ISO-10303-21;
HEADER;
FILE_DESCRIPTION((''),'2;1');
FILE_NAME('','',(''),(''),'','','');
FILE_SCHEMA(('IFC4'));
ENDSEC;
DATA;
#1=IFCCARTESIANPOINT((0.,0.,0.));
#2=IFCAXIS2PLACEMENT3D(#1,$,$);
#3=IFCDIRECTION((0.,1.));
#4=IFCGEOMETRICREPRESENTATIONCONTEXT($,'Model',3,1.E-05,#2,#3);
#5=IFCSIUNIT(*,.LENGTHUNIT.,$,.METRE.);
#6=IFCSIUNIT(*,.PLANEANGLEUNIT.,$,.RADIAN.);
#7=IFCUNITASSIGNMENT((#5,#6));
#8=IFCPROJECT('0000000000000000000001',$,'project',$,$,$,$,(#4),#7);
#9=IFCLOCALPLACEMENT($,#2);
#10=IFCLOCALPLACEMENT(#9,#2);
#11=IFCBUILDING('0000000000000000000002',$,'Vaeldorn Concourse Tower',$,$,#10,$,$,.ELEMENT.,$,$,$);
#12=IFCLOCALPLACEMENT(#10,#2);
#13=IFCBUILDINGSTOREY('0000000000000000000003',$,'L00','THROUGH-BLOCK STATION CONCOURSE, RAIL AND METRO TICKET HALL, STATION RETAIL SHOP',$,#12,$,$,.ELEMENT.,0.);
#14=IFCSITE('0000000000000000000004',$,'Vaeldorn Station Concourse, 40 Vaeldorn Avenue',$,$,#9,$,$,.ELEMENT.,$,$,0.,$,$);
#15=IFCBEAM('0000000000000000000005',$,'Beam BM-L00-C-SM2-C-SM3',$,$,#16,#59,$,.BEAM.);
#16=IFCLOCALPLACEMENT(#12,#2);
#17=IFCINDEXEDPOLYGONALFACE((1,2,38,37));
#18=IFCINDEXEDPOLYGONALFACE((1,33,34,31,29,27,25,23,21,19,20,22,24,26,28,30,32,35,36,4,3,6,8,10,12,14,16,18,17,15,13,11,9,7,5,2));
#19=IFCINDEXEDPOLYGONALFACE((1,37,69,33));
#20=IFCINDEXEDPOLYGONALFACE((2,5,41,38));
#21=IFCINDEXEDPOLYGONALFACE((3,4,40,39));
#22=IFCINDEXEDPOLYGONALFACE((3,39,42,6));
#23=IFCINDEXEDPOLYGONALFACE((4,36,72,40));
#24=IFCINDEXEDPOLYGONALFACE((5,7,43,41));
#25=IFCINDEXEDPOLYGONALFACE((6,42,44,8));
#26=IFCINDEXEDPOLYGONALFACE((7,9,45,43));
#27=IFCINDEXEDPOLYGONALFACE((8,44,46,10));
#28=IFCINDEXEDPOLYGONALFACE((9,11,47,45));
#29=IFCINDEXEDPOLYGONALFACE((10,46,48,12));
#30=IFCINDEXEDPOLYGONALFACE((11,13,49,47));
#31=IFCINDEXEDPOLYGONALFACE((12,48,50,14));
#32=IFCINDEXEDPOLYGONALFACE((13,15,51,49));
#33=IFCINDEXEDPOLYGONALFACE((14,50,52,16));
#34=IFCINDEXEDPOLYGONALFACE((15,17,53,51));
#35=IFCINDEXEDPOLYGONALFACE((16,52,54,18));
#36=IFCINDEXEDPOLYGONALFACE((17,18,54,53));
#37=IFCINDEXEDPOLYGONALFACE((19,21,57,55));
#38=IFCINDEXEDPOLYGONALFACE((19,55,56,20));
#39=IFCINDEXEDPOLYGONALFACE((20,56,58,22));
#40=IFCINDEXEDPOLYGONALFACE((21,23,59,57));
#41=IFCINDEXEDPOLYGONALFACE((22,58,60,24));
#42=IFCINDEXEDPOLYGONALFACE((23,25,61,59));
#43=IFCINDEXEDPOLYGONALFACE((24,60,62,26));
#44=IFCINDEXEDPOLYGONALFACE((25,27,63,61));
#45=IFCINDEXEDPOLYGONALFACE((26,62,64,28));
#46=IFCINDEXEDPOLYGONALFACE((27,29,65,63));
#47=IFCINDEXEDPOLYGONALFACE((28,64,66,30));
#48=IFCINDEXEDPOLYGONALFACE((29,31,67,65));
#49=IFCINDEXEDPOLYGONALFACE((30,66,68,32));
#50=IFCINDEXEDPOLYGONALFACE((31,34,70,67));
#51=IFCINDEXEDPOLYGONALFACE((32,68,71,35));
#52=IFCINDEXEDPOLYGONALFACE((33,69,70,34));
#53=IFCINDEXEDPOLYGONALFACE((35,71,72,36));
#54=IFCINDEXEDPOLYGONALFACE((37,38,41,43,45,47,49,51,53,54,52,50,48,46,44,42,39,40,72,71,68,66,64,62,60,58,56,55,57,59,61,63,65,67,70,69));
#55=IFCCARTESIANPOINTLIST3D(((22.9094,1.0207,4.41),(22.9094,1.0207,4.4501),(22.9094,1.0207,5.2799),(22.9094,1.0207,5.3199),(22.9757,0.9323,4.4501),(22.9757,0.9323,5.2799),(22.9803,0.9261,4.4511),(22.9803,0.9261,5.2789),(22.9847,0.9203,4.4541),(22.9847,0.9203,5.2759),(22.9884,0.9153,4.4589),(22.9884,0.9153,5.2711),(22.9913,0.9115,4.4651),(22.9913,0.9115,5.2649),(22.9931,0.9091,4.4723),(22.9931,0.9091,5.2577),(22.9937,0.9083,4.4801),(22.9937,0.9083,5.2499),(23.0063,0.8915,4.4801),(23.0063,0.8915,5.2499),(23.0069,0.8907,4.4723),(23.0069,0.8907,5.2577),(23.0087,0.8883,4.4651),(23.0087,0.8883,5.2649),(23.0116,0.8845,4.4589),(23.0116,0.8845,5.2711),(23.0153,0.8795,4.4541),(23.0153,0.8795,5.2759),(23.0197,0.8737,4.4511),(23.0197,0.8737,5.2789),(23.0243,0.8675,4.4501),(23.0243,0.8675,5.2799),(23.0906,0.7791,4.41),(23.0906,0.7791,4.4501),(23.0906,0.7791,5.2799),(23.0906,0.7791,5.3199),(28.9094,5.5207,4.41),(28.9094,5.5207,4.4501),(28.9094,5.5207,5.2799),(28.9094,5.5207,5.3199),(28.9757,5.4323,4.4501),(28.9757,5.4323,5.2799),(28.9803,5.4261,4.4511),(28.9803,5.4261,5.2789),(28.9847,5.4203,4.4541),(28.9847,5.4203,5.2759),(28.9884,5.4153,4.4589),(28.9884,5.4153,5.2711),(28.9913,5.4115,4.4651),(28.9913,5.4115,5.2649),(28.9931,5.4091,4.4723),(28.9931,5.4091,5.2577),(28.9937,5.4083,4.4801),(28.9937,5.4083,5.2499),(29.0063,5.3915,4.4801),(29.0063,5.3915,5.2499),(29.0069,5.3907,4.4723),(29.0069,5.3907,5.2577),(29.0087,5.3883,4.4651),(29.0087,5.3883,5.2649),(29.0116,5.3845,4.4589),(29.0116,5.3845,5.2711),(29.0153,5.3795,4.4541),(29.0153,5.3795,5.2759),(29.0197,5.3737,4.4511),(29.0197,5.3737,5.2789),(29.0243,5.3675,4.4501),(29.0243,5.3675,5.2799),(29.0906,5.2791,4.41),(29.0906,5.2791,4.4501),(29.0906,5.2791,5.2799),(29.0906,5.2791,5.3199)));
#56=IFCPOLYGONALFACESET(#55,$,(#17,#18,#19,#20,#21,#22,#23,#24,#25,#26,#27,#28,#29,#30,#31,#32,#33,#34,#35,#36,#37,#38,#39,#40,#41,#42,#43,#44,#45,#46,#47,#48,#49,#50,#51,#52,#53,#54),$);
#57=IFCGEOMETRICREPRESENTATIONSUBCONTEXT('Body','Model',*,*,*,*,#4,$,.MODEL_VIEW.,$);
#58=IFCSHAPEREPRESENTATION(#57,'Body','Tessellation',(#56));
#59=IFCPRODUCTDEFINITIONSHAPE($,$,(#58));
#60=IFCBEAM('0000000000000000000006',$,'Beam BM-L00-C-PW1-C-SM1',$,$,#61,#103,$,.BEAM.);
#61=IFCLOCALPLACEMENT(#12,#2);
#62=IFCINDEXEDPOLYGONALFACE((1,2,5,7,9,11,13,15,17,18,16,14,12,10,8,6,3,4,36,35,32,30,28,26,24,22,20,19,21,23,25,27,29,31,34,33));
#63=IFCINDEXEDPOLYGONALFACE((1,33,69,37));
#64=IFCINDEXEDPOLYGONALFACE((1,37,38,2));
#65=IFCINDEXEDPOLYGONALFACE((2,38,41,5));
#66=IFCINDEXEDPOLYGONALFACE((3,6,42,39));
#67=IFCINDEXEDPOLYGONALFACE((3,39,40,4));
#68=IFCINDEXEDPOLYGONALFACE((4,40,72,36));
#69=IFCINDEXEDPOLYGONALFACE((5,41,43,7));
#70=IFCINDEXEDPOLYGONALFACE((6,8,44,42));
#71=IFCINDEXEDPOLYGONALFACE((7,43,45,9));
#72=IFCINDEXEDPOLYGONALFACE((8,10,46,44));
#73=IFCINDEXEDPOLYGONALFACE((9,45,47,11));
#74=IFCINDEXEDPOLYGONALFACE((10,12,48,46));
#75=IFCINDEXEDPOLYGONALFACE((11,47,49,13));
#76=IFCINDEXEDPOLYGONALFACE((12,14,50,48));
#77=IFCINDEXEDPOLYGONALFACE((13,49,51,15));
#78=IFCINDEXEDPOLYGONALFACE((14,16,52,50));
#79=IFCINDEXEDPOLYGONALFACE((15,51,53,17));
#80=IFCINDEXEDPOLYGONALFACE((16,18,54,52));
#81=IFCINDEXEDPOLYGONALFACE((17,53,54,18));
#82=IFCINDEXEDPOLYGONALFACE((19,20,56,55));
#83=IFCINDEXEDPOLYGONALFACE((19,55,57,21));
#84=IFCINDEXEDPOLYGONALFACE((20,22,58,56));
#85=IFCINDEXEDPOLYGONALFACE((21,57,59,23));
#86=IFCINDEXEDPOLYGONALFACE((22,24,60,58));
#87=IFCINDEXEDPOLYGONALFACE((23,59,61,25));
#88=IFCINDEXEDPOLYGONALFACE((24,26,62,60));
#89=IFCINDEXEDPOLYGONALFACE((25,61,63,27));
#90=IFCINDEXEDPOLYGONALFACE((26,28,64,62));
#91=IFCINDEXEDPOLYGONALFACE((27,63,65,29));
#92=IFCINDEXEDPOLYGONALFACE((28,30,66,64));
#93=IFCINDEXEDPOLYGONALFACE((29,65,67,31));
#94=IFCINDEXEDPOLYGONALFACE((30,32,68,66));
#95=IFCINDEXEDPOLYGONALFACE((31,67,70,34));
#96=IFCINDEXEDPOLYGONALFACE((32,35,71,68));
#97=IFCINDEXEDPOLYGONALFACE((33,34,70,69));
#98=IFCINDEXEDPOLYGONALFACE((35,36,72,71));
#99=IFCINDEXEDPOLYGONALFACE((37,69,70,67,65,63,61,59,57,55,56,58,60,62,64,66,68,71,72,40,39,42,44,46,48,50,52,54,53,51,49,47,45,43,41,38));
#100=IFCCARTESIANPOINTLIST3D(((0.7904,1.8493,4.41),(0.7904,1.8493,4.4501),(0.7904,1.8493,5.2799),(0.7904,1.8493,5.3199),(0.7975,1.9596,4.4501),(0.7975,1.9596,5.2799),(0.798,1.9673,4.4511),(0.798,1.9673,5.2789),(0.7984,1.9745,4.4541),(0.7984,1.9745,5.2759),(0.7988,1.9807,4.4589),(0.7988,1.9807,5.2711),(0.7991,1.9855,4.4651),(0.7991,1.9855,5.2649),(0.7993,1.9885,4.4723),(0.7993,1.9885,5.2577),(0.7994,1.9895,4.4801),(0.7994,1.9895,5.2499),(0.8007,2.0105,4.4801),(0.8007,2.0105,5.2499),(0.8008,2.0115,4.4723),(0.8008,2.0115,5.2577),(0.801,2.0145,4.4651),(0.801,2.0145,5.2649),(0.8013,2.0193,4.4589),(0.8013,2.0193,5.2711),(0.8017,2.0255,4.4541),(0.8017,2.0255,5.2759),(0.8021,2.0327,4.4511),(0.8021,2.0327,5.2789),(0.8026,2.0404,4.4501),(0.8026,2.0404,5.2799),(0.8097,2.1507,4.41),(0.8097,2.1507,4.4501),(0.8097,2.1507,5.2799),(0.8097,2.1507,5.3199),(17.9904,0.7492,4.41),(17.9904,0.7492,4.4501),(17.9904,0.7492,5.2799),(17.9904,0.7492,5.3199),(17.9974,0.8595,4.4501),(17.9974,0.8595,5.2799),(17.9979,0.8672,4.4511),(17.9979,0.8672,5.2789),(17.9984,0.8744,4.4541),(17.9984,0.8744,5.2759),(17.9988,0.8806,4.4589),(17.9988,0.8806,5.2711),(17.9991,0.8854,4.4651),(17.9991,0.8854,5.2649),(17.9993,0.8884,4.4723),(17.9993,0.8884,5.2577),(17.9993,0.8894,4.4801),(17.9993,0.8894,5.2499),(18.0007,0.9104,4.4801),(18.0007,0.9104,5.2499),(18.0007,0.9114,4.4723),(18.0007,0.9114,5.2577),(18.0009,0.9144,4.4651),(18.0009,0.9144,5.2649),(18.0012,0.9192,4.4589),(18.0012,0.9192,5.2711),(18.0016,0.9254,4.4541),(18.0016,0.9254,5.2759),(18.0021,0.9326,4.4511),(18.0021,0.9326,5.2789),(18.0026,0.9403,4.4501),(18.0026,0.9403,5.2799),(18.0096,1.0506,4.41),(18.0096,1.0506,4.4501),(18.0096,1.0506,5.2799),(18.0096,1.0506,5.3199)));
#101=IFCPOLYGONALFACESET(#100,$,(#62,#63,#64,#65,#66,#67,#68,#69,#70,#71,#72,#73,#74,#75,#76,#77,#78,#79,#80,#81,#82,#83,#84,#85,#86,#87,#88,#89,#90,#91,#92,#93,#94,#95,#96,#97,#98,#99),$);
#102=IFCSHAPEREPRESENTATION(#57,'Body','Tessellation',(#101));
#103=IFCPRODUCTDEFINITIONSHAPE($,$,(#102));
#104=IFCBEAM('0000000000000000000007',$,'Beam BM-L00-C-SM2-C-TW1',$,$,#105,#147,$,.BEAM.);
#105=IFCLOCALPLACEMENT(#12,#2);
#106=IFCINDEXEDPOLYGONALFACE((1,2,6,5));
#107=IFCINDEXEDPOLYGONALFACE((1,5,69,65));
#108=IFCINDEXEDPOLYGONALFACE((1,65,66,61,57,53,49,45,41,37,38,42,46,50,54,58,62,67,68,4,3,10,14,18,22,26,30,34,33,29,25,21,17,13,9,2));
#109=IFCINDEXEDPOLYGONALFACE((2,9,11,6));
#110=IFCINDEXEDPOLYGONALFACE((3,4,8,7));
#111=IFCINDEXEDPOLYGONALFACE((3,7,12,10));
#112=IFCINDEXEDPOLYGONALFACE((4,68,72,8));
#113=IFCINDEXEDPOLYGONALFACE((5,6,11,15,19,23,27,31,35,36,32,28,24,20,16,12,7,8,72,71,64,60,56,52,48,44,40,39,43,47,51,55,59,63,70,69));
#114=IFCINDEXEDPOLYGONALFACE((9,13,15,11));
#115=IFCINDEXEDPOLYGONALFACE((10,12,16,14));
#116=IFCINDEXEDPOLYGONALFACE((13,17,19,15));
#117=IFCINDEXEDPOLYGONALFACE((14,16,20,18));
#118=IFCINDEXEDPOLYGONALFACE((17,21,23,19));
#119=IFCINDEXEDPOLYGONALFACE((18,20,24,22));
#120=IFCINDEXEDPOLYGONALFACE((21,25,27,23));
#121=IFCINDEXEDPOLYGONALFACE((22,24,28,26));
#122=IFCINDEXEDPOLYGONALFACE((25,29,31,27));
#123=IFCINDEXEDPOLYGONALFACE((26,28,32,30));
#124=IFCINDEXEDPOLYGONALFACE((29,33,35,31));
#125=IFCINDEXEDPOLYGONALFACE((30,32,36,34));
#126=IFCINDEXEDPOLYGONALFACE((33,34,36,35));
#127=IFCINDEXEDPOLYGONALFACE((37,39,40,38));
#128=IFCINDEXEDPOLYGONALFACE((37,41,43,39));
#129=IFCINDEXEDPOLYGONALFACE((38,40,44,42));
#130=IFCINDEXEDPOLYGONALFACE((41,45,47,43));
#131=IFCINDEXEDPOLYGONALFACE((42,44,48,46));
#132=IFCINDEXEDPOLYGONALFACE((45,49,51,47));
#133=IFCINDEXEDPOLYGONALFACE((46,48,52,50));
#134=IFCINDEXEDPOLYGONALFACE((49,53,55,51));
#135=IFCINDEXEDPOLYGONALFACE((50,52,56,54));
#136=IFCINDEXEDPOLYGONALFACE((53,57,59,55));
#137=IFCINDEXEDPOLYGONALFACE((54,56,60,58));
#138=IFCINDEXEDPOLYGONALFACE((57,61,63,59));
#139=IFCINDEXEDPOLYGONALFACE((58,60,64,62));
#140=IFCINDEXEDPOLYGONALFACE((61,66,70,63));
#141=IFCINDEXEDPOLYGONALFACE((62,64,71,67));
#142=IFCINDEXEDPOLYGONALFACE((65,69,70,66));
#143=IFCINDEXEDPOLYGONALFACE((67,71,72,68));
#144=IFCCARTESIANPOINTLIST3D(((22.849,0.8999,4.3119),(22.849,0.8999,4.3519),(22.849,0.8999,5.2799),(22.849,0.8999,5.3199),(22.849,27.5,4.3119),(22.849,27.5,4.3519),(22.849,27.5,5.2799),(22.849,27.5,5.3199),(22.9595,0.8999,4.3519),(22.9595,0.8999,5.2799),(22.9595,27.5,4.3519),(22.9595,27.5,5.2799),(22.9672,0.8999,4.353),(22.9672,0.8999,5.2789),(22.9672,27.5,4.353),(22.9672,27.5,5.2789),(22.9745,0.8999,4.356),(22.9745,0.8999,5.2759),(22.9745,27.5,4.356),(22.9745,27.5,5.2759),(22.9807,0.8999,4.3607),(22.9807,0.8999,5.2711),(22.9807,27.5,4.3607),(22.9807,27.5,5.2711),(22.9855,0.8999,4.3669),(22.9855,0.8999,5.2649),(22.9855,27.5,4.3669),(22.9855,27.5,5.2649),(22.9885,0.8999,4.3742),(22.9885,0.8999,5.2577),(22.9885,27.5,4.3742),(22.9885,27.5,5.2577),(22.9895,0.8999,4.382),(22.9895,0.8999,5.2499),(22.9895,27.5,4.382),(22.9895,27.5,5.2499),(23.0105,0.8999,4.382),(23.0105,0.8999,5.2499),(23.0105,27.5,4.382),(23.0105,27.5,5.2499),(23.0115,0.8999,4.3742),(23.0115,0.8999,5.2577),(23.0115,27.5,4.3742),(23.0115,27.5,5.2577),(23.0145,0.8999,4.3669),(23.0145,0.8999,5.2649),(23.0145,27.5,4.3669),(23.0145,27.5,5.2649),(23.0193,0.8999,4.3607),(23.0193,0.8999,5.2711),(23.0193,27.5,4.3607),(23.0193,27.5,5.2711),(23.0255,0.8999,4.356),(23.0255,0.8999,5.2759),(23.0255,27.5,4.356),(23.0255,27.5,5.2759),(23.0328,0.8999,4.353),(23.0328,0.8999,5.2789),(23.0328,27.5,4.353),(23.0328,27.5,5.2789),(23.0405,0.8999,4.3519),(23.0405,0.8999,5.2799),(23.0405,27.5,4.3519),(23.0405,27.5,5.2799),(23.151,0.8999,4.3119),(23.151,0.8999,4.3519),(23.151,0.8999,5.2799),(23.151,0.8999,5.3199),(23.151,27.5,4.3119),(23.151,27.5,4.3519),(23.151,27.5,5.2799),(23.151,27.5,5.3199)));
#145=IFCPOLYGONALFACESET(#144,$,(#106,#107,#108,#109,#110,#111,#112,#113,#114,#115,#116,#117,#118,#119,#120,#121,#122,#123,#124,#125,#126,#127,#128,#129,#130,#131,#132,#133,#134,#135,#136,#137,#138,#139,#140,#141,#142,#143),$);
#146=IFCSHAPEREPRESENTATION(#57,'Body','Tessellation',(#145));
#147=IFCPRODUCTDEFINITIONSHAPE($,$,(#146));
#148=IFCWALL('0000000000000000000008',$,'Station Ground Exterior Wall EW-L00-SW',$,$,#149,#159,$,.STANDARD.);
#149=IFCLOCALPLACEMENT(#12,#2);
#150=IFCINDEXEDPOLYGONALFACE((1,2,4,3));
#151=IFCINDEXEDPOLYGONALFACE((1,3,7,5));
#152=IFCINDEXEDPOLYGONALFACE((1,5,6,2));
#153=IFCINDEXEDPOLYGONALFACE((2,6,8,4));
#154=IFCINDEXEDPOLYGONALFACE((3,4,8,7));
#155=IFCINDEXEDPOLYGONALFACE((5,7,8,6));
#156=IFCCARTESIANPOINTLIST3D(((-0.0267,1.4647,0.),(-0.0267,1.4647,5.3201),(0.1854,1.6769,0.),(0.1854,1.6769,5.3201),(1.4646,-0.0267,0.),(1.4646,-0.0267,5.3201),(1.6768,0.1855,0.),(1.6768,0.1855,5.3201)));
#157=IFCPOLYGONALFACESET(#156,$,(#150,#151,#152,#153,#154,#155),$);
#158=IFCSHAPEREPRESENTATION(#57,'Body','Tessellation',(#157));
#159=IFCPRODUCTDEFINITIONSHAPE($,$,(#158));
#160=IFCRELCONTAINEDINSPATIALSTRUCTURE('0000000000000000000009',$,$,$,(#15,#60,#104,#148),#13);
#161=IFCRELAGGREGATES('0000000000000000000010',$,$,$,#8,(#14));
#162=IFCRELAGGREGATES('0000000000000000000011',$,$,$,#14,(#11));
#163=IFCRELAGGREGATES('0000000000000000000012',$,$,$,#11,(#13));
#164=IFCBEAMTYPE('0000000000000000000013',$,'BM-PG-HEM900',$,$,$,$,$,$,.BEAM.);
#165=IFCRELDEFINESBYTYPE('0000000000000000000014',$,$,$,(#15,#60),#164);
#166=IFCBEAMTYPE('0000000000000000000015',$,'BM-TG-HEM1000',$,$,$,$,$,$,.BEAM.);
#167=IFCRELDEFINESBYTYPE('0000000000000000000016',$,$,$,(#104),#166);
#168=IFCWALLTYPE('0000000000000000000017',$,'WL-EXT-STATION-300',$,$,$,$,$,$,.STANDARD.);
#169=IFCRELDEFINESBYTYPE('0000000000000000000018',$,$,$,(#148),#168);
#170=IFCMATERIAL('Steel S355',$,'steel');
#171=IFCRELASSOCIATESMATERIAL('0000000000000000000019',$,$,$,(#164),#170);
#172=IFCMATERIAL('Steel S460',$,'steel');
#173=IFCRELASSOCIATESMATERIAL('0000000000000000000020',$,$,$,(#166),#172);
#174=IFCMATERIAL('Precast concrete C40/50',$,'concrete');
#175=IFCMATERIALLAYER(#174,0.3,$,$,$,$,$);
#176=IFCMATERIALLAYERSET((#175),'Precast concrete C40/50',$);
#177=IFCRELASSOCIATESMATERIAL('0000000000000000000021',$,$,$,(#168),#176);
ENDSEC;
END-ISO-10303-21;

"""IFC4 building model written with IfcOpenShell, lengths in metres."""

from ifc_helpers import new_model, si_unit, direction, frame, frame_2d, origin, origin_2d, place, context, subcontext, project, spatial, rectangle, i_section, extrude, source, transform, mapped, material, layer, layer_set, material_profile, profile_set, type_object, element, save


model = new_model("IFC4")

# Units and contexts
model_context = context("Model", 3, precision=1e-05, world=origin(), true_north=direction((0.0, 1.0)))
body_context = subcontext(model_context, "Body", "Model", "MODEL_VIEW")
ifc_project = project(units=[si_unit("LENGTHUNIT", "METRE"), si_unit("PLANEANGLEUNIT", "RADIAN")], contexts=[model_context])

# Site, building, storey
site_placement = place(None, origin())
site = spatial("IfcSite", under=ifc_project, at=site_placement, Name="Vaeldorn Station Concourse, 40 Vaeldorn Avenue", CompositionType="ELEMENT", RefElevation=0.0)
building_placement = place(site_placement, origin())
building = spatial("IfcBuilding", under=site, at=building_placement, Name="Vaeldorn Concourse Tower", CompositionType="ELEMENT")
storey_placement = place(building_placement, origin())
storey = spatial("IfcBuildingStorey", under=building, at=storey_placement, Name="L00", Description="THROUGH-BLOCK STATION CONCOURSE, RAIL AND METRO TICKET HALL, STATION RETAIL SHOP", CompositionType="ELEMENT", Elevation=0.0)

# Shared definitions
ifc_material_1 = material(Name="Steel S460", Category="steel")

# Beams
ifc_material_2 = material(Name="Steel S355", Category="steel")
ifc_material_profile_1 = material_profile(ifc_material_2, i_section(OverallWidth=0.302, OverallDepth=0.9099, WebThickness=0.021, FlangeThickness=0.04, FilletRadius=0.03, at=origin_2d()), Name="HEM 900")
ifc_profile_set_1 = profile_set([ifc_material_profile_1], Name="Steel S355")
beam_type_1 = type_object("IfcBeamType", Name="BM-PG-HEM900", PredefinedType="BEAM", material=ifc_profile_set_1)
shared_shape_1 = source(origin(), body_context, "Body", "SweptSolid", [
    extrude(i_section(OverallWidth=0.302, OverallDepth=0.9099, WebThickness=0.021, FlangeThickness=0.04, FilletRadius=0.03, at=origin_2d()), origin(), (0.0, 0.0, 1.0), 7.5),
])
beam_1_placement = place(storey_placement, frame((23.0, 0.8999, 4.865), z_axis=(0.8, 0.6, 0.0), x_axis=(-0.6, 0.8, 0.0)))
element("IfcBeam", 1, at=beam_1_placement, inside=storey, type_object=beam_type_1, Name="Beam BM-L00-C-SM2-C-SM3", PredefinedType="BEAM", context=body_context, shape_type="MappedRepresentation", body=[
    mapped(shared_shape_1, transform((0.0, 0.0, 0.0), scale=1.0)),
])
shared_shape_2 = source(origin(), body_context, "Body", "SweptSolid", [
    extrude(i_section(OverallWidth=0.302, OverallDepth=0.9099, WebThickness=0.021, FlangeThickness=0.04, FilletRadius=0.03, at=origin_2d()), origin(), (0.0, 0.0, 1.0), 17.2351),
])
beam_2_placement = place(storey_placement, frame((0.8, 2.0, 4.865), z_axis=(0.997961, -0.063829, 0.0), x_axis=(0.063829, 0.997961, 0.0)))
element("IfcBeam", 2, at=beam_2_placement, inside=storey, type_object=beam_type_1, Name="Beam BM-L00-C-PW1-C-SM1", PredefinedType="BEAM", context=body_context, shape_type="MappedRepresentation", body=[
    mapped(shared_shape_2, transform((0.0, 0.0, 0.0), scale=1.0)),
])
ifc_material_profile_2 = material_profile(ifc_material_1, i_section(OverallWidth=0.302, OverallDepth=1.0081, WebThickness=0.021, FlangeThickness=0.04, FilletRadius=0.03, at=origin_2d()), Name="HEM 1000")
ifc_profile_set_2 = profile_set([ifc_material_profile_2], Name="Steel S460")
beam_type_2 = type_object("IfcBeamType", Name="BM-TG-HEM1000", PredefinedType="BEAM", material=ifc_profile_set_2)
shared_shape_3 = source(origin(), body_context, "Body", "SweptSolid", [
    extrude(i_section(OverallWidth=0.302, OverallDepth=1.0081, WebThickness=0.021, FlangeThickness=0.04, FilletRadius=0.03, at=origin_2d()), origin(), (0.0, 0.0, 1.0), 26.6001),
])
beam_3_placement = place(storey_placement, frame((23.0, 0.8999, 4.8159), z_axis=(0.0, 1.0, 0.0), x_axis=(-1.0, 0.0, 0.0)))
element("IfcBeam", 3, at=beam_3_placement, inside=storey, type_object=beam_type_2, Name="Beam BM-L00-C-SM2-C-TW1", PredefinedType="BEAM", context=body_context, shape_type="MappedRepresentation", body=[
    mapped(shared_shape_3, transform((0.0, 0.0, 0.0), scale=1.0)),
])

# Wall
ifc_material_3 = material(Name="Precast concrete C40/50", Category="concrete")
ifc_layer_1 = layer(ifc_material_3, 0.3)
ifc_layer_set_1 = layer_set([ifc_layer_1], Name="Precast concrete C40/50")
wall_type_1 = type_object("IfcWallType", Name="WL-EXT-STATION-300", PredefinedType="STANDARD", material=ifc_layer_set_1)
wall_1_placement = place(storey_placement, frame((1.5708, 0.0793, 0.0), z_axis=(0.0, 0.0, 1.0), x_axis=(-0.707107, 0.707107, 0.0)))
element("IfcWall", 4, at=wall_1_placement, inside=storey, type_object=wall_type_1, Name="Station Ground Exterior Wall EW-L00-SW", PredefinedType="STANDARD", context=body_context, shape_type="SweptSolid", body=[
    extrude(rectangle(XDim=2.1091, YDim=0.3, at=frame_2d((1.0547, 0.0))), origin(), (0.0, 0.0, 1.0), 5.3201),
])

save(model, "model.ifc")
